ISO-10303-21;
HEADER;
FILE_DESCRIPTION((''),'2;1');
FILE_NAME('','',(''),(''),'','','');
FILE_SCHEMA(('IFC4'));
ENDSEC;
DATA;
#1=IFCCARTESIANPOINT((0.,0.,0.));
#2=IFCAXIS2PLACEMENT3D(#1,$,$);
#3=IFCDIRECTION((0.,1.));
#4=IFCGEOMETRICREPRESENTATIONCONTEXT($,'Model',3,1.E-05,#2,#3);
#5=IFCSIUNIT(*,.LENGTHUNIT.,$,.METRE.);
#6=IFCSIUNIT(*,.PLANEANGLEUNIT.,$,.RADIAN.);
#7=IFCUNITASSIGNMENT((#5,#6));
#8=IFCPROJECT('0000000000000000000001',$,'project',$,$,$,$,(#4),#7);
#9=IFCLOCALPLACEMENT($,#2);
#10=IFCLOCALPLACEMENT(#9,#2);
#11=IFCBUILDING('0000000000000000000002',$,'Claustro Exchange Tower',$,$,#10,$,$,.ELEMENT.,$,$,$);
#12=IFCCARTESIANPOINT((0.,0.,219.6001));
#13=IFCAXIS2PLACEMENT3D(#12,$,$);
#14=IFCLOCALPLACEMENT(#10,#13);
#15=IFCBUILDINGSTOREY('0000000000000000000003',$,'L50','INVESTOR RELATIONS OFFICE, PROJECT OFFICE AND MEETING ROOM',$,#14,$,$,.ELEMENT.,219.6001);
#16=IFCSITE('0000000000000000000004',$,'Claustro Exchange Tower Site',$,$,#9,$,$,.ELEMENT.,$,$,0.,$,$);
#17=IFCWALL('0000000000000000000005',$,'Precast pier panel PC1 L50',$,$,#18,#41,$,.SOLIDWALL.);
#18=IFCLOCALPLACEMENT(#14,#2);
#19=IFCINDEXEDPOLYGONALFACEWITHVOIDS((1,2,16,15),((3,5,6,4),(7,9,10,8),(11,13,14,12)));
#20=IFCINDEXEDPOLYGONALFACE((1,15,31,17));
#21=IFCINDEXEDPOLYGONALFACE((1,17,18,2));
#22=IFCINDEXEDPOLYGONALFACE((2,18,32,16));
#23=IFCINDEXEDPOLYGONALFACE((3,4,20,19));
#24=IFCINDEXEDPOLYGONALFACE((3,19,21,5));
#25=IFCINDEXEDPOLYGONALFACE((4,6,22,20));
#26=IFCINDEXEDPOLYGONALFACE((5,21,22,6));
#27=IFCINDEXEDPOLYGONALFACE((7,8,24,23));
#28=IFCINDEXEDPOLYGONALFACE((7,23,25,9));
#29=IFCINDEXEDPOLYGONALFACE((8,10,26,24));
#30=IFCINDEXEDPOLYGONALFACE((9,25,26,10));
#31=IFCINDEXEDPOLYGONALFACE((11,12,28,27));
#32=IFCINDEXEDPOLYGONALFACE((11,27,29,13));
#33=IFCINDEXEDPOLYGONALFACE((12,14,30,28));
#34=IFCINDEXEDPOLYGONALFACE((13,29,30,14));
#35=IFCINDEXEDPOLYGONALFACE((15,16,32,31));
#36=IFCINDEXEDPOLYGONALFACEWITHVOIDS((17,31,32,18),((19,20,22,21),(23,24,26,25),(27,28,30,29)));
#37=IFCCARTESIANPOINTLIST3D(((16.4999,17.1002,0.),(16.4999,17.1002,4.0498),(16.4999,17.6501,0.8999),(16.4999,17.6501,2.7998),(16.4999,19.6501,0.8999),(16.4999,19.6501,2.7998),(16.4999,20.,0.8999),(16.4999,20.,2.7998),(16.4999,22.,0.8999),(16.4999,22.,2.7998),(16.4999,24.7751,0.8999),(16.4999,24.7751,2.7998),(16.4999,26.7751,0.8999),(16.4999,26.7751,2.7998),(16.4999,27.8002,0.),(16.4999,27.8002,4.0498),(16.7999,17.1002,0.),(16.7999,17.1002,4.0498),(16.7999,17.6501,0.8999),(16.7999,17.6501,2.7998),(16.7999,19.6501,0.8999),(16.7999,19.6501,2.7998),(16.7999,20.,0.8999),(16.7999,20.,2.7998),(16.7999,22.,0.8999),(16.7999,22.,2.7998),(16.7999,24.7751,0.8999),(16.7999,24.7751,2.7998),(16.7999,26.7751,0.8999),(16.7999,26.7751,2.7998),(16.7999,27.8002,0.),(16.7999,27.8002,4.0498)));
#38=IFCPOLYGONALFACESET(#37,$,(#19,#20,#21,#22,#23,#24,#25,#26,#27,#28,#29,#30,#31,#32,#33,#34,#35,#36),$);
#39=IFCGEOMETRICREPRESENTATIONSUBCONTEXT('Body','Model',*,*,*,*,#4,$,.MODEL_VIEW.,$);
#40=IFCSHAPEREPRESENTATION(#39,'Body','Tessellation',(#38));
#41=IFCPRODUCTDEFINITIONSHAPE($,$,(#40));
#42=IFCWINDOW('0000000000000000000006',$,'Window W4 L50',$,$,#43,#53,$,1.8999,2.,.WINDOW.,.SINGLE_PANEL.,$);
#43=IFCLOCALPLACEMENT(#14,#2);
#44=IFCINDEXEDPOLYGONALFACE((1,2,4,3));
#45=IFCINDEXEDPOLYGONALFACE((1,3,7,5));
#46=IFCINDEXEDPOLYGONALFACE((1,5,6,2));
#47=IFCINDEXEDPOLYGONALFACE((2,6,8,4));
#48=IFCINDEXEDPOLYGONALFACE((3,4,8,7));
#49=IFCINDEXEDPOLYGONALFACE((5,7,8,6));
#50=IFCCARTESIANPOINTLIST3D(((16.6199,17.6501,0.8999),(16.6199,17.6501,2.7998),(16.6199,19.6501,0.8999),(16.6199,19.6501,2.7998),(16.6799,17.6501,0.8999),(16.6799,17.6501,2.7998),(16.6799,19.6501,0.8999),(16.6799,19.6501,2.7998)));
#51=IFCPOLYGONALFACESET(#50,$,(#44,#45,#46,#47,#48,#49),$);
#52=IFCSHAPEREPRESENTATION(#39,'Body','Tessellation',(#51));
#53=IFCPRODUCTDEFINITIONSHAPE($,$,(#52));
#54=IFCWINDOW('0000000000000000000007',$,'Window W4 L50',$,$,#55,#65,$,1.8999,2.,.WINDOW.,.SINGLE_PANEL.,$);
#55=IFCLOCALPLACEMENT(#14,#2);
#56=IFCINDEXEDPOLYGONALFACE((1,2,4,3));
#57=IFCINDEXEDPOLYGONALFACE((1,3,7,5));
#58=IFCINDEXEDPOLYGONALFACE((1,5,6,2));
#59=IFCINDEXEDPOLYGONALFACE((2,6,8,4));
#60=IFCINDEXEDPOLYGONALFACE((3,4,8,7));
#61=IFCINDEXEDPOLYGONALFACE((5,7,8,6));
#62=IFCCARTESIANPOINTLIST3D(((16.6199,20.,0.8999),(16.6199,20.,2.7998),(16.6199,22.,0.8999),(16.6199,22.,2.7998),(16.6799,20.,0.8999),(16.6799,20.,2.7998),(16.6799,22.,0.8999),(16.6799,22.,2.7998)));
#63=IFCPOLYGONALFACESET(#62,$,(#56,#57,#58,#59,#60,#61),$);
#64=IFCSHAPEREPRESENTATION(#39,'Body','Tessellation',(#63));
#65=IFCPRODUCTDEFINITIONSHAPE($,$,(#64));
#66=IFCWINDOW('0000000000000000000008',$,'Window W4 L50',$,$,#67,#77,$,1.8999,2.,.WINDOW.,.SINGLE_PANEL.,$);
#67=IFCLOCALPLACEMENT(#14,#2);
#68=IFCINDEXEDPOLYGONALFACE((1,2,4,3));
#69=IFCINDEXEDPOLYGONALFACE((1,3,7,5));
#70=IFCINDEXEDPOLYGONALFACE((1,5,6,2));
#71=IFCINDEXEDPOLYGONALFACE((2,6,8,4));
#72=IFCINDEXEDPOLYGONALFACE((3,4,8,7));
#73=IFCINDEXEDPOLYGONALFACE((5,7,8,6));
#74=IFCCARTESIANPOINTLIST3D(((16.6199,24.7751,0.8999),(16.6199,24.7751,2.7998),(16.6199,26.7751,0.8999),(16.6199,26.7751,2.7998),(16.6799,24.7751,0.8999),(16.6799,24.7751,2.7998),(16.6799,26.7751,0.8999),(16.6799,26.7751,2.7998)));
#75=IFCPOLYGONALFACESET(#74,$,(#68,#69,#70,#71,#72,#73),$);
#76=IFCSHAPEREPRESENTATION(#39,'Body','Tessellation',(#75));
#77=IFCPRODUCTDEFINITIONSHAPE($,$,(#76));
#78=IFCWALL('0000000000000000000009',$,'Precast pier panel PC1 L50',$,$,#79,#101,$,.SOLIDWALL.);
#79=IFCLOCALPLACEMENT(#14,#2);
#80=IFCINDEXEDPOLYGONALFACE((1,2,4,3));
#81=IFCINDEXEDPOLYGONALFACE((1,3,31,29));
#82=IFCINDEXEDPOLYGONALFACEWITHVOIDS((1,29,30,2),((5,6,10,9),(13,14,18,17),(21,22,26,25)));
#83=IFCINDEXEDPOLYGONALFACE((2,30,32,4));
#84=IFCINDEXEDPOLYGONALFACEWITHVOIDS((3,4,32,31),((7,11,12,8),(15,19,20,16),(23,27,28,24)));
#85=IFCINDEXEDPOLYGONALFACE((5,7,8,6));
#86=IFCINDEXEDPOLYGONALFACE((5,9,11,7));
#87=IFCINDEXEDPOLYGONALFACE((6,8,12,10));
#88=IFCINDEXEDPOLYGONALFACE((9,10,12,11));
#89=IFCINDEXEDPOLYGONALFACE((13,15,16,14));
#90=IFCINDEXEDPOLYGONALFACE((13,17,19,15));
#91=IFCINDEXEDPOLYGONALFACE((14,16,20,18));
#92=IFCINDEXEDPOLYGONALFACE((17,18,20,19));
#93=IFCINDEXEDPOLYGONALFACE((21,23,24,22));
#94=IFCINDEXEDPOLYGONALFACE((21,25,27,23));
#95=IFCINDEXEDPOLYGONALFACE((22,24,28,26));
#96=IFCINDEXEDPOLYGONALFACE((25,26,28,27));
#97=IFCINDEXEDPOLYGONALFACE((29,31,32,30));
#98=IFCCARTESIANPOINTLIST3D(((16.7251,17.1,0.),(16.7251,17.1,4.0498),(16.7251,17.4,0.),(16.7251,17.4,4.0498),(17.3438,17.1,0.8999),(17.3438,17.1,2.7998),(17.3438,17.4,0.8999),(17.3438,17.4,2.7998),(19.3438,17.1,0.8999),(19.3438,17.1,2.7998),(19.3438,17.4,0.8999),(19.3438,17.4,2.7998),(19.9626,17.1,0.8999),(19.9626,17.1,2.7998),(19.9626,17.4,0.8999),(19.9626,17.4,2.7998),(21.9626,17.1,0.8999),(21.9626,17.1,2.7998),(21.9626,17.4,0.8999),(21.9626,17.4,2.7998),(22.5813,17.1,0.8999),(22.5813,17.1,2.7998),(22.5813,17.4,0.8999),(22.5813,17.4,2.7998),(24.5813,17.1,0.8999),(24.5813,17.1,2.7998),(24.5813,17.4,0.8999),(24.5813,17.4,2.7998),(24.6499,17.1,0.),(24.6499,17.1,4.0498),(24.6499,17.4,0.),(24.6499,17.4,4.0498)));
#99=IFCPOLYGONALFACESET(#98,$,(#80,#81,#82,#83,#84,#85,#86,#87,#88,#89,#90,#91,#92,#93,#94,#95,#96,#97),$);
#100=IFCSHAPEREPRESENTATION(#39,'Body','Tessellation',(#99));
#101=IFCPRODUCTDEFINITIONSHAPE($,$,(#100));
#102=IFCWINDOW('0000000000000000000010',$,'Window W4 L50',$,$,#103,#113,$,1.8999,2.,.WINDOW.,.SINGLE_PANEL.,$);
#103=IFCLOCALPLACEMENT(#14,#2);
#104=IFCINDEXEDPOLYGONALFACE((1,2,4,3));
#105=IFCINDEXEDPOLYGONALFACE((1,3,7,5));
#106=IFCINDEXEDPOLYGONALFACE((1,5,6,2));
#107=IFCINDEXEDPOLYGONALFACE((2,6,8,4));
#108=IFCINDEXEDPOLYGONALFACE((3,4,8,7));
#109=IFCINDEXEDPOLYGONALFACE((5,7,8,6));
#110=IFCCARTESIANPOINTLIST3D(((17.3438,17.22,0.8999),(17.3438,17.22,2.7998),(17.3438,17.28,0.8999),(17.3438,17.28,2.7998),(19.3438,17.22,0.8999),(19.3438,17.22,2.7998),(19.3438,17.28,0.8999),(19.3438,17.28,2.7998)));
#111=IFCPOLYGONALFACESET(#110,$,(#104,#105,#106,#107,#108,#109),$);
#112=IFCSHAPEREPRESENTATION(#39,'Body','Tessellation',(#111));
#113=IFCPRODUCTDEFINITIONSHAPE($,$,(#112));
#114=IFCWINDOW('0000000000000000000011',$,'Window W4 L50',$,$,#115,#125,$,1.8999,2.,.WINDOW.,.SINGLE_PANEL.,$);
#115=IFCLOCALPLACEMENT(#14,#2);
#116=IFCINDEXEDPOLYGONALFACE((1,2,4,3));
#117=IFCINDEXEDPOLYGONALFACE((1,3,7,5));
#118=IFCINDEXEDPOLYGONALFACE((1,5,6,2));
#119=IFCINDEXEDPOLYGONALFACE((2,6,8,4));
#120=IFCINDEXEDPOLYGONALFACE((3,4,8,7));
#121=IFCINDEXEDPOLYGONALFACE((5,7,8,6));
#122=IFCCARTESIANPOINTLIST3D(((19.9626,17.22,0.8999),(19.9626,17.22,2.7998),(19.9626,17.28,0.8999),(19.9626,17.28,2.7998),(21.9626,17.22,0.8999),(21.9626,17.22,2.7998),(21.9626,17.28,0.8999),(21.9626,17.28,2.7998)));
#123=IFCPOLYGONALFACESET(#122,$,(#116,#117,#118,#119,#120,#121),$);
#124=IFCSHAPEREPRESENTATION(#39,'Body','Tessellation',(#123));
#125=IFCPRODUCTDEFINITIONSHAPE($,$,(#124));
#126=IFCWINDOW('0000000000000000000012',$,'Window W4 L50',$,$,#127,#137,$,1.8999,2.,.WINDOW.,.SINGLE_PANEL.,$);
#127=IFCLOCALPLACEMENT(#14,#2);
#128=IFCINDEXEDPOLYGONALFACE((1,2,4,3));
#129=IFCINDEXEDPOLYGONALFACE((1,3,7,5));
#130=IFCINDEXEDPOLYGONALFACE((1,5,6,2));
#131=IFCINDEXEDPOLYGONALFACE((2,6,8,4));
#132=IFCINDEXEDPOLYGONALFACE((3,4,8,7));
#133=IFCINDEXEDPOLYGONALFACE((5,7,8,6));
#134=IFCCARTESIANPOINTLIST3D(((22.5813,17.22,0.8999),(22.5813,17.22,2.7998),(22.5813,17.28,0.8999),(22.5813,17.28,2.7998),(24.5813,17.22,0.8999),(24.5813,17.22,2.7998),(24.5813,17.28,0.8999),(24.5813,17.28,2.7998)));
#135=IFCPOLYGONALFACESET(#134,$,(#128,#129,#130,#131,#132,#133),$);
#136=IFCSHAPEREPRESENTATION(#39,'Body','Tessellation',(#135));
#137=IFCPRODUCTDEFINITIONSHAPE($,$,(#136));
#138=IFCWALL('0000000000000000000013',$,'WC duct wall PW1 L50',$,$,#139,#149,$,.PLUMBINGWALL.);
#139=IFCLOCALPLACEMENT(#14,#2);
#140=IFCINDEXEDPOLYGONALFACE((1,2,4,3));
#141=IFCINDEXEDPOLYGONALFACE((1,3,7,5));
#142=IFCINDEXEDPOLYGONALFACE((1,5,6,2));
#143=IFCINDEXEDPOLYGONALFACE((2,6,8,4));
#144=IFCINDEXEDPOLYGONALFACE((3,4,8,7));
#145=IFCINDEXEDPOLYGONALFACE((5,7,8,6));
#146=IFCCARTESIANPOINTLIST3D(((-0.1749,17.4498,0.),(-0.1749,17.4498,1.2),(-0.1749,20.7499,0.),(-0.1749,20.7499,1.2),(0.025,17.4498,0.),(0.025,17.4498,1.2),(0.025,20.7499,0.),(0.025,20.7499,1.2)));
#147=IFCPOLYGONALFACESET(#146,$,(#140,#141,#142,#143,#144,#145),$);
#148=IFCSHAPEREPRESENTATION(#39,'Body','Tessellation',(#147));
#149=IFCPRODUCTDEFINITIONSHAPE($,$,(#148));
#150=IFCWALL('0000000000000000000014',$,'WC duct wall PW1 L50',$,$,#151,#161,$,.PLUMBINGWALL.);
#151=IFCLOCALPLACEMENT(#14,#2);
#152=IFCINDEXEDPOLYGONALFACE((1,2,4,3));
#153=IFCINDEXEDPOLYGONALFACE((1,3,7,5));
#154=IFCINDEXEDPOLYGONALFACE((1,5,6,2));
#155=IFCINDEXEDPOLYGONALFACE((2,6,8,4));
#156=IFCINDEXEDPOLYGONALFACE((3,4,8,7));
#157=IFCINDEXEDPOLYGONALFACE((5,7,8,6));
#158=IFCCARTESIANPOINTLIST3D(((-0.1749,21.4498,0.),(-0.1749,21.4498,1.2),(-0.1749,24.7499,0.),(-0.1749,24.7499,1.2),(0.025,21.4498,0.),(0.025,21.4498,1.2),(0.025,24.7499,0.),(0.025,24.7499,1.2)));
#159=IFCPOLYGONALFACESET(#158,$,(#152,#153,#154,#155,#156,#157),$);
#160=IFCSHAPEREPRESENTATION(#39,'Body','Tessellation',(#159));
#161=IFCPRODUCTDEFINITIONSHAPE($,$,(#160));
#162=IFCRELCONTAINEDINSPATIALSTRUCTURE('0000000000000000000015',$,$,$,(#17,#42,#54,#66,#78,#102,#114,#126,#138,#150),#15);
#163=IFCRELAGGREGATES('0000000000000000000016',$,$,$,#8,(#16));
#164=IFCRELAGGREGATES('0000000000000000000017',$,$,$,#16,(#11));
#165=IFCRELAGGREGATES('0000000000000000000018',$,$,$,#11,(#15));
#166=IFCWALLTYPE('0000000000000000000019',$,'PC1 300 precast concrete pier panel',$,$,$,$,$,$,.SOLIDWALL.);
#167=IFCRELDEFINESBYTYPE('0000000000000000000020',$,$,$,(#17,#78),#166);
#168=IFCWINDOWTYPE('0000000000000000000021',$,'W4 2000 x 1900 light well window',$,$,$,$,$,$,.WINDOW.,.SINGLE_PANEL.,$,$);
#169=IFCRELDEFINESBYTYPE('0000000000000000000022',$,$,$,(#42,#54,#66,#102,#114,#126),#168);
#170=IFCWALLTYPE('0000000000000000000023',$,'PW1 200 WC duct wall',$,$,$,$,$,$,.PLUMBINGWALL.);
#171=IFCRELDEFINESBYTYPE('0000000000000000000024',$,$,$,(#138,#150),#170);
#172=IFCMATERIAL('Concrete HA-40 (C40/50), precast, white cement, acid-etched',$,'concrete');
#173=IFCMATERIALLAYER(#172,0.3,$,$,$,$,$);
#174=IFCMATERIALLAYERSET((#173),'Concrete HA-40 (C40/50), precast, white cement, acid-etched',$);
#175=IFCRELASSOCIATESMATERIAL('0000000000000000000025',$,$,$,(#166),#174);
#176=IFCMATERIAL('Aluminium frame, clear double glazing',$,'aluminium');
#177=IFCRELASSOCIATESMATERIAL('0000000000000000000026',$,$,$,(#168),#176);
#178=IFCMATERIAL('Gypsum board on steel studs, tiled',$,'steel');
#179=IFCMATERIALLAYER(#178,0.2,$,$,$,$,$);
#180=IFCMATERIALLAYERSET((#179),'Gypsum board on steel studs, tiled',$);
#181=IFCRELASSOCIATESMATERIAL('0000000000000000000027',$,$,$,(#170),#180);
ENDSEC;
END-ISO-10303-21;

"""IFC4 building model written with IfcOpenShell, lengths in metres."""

from ifc_helpers import new_model, si_unit, direction, frame, frame_2d, origin, place, context, subcontext, project, spatial, rectangle, extrude, material, layer, layer_set, type_object, element, fill, save


model = new_model("IFC4")

# Units and contexts
model_context = context("Model", 3, precision=1e-05, world=origin(), true_north=direction((0.0, 1.0)))
body_context = subcontext(model_context, "Body", "Model", "MODEL_VIEW")
ifc_project = project(units=[si_unit("LENGTHUNIT", "METRE"), si_unit("PLANEANGLEUNIT", "RADIAN")], contexts=[model_context])

# Site, building, storey
site_placement = place(None, origin())
site = spatial("IfcSite", under=ifc_project, at=site_placement, Name="Claustro Exchange Tower Site", CompositionType="ELEMENT", RefElevation=0.0)
building_placement = place(site_placement, origin())
building = spatial("IfcBuilding", under=site, at=building_placement, Name="Claustro Exchange Tower", CompositionType="ELEMENT")
storey_placement = place(building_placement, frame((0.0, 0.0, 219.6001)))
storey = spatial("IfcBuildingStorey", under=building, at=storey_placement, Name="L50", Description="INVESTOR RELATIONS OFFICE, PROJECT OFFICE AND MEETING ROOM", CompositionType="ELEMENT", Elevation=219.6001)

# Walls, openings, windows
ifc_material_1 = material(Name="Concrete HA-40 (C40/50), precast, white cement, acid-etched", Category="concrete")
ifc_layer_1 = layer(ifc_material_1, 0.3)
ifc_layer_set_1 = layer_set([ifc_layer_1], Name="Concrete HA-40 (C40/50), precast, white cement, acid-etched")
wall_type_1 = type_object("IfcWallType", Name="PC1 300 precast concrete pier panel", PredefinedType="SOLIDWALL", material=ifc_layer_set_1)
wall_1_placement = place(storey_placement, frame((16.6499, 17.1001, 0.0), z_axis=(0.0, 0.0, 1.0), x_axis=(0.0, 1.0, 0.0)))
wall_1 = element("IfcWall", 1, at=wall_1_placement, inside=storey, type_object=wall_type_1, Name="Precast pier panel PC1 L50", PredefinedType="SOLIDWALL", context=body_context, shape_type="SweptSolid", body=[
    extrude(rectangle(XDim=10.7, YDim=0.3, at=frame_2d((5.3501, 0.0))), origin(), (0.0, 0.0, 1.0), 4.0498),
])
opening_1_placement = place(wall_1_placement, frame((0.55, 0.0, 0.8999)))
opening_1 = element("IfcOpeningElement", 2, at=opening_1_placement, cuts=wall_1, PredefinedType="OPENING", context=body_context, shape_type="SweptSolid", body=[
    extrude(rectangle(XDim=2.0, YDim=1.8999, at=frame_2d((1.0, 0.95))), frame((0.0, 0.1599, 0.0), z_axis=(0.0, -1.0, 0.0), x_axis=(1.0, 0.0, 0.0)), (0.0, 0.0, 1.0), 0.3201),
])
opening_2_placement = place(wall_1_placement, frame((2.8999, 0.0, 0.8999)))
opening_2 = element("IfcOpeningElement", 3, at=opening_2_placement, cuts=wall_1, PredefinedType="OPENING", context=body_context, shape_type="SweptSolid", body=[
    extrude(rectangle(XDim=2.0, YDim=1.8999, at=frame_2d((1.0, 0.95))), frame((0.0, 0.1599, 0.0), z_axis=(0.0, -1.0, 0.0), x_axis=(1.0, 0.0, 0.0)), (0.0, 0.0, 1.0), 0.3201),
])
opening_3_placement = place(wall_1_placement, frame((7.675, 0.0, 0.8999)))
opening_3 = element("IfcOpeningElement", 4, at=opening_3_placement, cuts=wall_1, PredefinedType="OPENING", context=body_context, shape_type="SweptSolid", body=[
    extrude(rectangle(XDim=2.0, YDim=1.8999, at=frame_2d((1.0, 0.95))), frame((0.0, 0.1599, 0.0), z_axis=(0.0, -1.0, 0.0), x_axis=(1.0, 0.0, 0.0)), (0.0, 0.0, 1.0), 0.3201),
])
ifc_material_2 = material(Name="Aluminium frame, clear double glazing", Category="aluminium")
window_type = type_object("IfcWindowType", Name="W4 2000 x 1900 light well window", PartitioningType="SINGLE_PANEL", PredefinedType="WINDOW", material=ifc_material_2)
window_1_placement = place(opening_1_placement, origin())
window_1 = element("IfcWindow", 5, at=window_1_placement, inside=storey, type_object=window_type, Name="Window W4 L50", OverallHeight=1.8999, OverallWidth=2.0, PartitioningType="SINGLE_PANEL", PredefinedType="WINDOW", context=body_context, shape_type="SweptSolid", body=[
    extrude(rectangle(XDim=2.0, YDim=1.8999, at=frame_2d((1.0, 0.95))), frame((0.0, 0.03, 0.0), z_axis=(0.0, -1.0, 0.0), x_axis=(1.0, 0.0, 0.0)), (0.0, 0.0, 1.0), 0.0601),
])
fill(opening_1, window_1)
window_2_placement = place(opening_2_placement, origin())
window_2 = element("IfcWindow", 6, at=window_2_placement, inside=storey, type_object=window_type, Name="Window W4 L50", OverallHeight=1.8999, OverallWidth=2.0, PartitioningType="SINGLE_PANEL", PredefinedType="WINDOW", context=body_context, shape_type="SweptSolid", body=[
    extrude(rectangle(XDim=2.0, YDim=1.8999, at=frame_2d((1.0, 0.95))), frame((0.0, 0.03, 0.0), z_axis=(0.0, -1.0, 0.0), x_axis=(1.0, 0.0, 0.0)), (0.0, 0.0, 1.0), 0.0601),
])
fill(opening_2, window_2)
window_3_placement = place(opening_3_placement, origin())
window_3 = element("IfcWindow", 7, at=window_3_placement, inside=storey, type_object=window_type, Name="Window W4 L50", OverallHeight=1.8999, OverallWidth=2.0, PartitioningType="SINGLE_PANEL", PredefinedType="WINDOW", context=body_context, shape_type="SweptSolid", body=[
    extrude(rectangle(XDim=2.0, YDim=1.8999, at=frame_2d((1.0, 0.95))), frame((0.0, 0.03, 0.0), z_axis=(0.0, -1.0, 0.0), x_axis=(1.0, 0.0, 0.0)), (0.0, 0.0, 1.0), 0.0601),
])
fill(opening_3, window_3)
wall_2_placement = place(storey_placement, frame((16.7251, 17.25, 0.0), z_axis=(0.0, 0.0, 1.0), x_axis=(1.0, 0.0, 0.0)))
wall_2 = element("IfcWall", 8, at=wall_2_placement, inside=storey, type_object=wall_type_1, Name="Precast pier panel PC1 L50", PredefinedType="SOLIDWALL", context=body_context, shape_type="SweptSolid", body=[
    extrude(rectangle(XDim=7.9248, YDim=0.3, at=frame_2d((3.9624, 0.0))), origin(), (0.0, 0.0, 1.0), 4.0498),
])
opening_4_placement = place(wall_2_placement, frame((0.6187, 0.0, 0.8999)))
opening_4 = element("IfcOpeningElement", 9, at=opening_4_placement, cuts=wall_2, PredefinedType="OPENING", context=body_context, shape_type="SweptSolid", body=[
    extrude(rectangle(XDim=2.0, YDim=1.8999, at=frame_2d((1.0, 0.95))), frame((0.0, 0.1599, 0.0), z_axis=(0.0, -1.0, 0.0), x_axis=(1.0, 0.0, 0.0)), (0.0, 0.0, 1.0), 0.3201),
])
opening_5_placement = place(wall_2_placement, frame((3.2375, 0.0, 0.8999)))
opening_5 = element("IfcOpeningElement", 10, at=opening_5_placement, cuts=wall_2, PredefinedType="OPENING", context=body_context, shape_type="SweptSolid", body=[
    extrude(rectangle(XDim=2.0, YDim=1.8999, at=frame_2d((1.0, 0.95))), frame((0.0, 0.1599, 0.0), z_axis=(0.0, -1.0, 0.0), x_axis=(1.0, 0.0, 0.0)), (0.0, 0.0, 1.0), 0.3201),
])
opening_6_placement = place(wall_2_placement, frame((5.8562, 0.0, 0.8999)))
opening_6 = element("IfcOpeningElement", 11, at=opening_6_placement, cuts=wall_2, PredefinedType="OPENING", context=body_context, shape_type="SweptSolid", body=[
    extrude(rectangle(XDim=2.0, YDim=1.8999, at=frame_2d((1.0, 0.95))), frame((0.0, 0.1599, 0.0), z_axis=(0.0, -1.0, 0.0), x_axis=(1.0, 0.0, 0.0)), (0.0, 0.0, 1.0), 0.3201),
])
window_4_placement = place(opening_4_placement, origin())
window_4 = element("IfcWindow", 12, at=window_4_placement, inside=storey, type_object=window_type, Name="Window W4 L50", OverallHeight=1.8999, OverallWidth=2.0, PartitioningType="SINGLE_PANEL", PredefinedType="WINDOW", context=body_context, shape_type="SweptSolid", body=[
    extrude(rectangle(XDim=2.0, YDim=1.8999, at=frame_2d((1.0, 0.95))), frame((0.0, 0.03, 0.0), z_axis=(0.0, -1.0, 0.0), x_axis=(1.0, 0.0, 0.0)), (0.0, 0.0, 1.0), 0.0601),
])
fill(opening_4, window_4)
window_5_placement = place(opening_5_placement, origin())
window_5 = element("IfcWindow", 13, at=window_5_placement, inside=storey, type_object=window_type, Name="Window W4 L50", OverallHeight=1.8999, OverallWidth=2.0, PartitioningType="SINGLE_PANEL", PredefinedType="WINDOW", context=body_context, shape_type="SweptSolid", body=[
    extrude(rectangle(XDim=2.0, YDim=1.8999, at=frame_2d((1.0, 0.95))), frame((0.0, 0.03, 0.0), z_axis=(0.0, -1.0, 0.0), x_axis=(1.0, 0.0, 0.0)), (0.0, 0.0, 1.0), 0.0601),
])
fill(opening_5, window_5)
window_6_placement = place(opening_6_placement, origin())
window_6 = element("IfcWindow", 14, at=window_6_placement, inside=storey, type_object=window_type, Name="Window W4 L50", OverallHeight=1.8999, OverallWidth=2.0, PartitioningType="SINGLE_PANEL", PredefinedType="WINDOW", context=body_context, shape_type="SweptSolid", body=[
    extrude(rectangle(XDim=2.0, YDim=1.8999, at=frame_2d((1.0, 0.95))), frame((0.0, 0.03, 0.0), z_axis=(0.0, -1.0, 0.0), x_axis=(1.0, 0.0, 0.0)), (0.0, 0.0, 1.0), 0.0601),
])
fill(opening_6, window_6)

# Walls
ifc_material_3 = material(Name="Gypsum board on steel studs, tiled", Category="steel")
ifc_layer_2 = layer(ifc_material_3, 0.2)
ifc_layer_set_2 = layer_set([ifc_layer_2], Name="Gypsum board on steel studs, tiled")
wall_type_2 = type_object("IfcWallType", Name="PW1 200 WC duct wall", PredefinedType="PLUMBINGWALL", material=ifc_layer_set_2)
for number, where, z_axis, x_axis, name in (
    (15, (-0.075, 17.45, 0.0), (0.0, 0.0, 1.0), (0.0, 1.0, 0.0), "WC duct wall PW1 L50"),
    (16, (-0.075, 21.45, 0.0), (0.0, 0.0, 1.0), (0.0, 1.0, 0.0), "WC duct wall PW1 L50"),
):
    element("IfcWall", number, at=place(storey_placement, frame(where, z_axis=z_axis, x_axis=x_axis)), inside=storey, type_object=wall_type_2, Name=name, PredefinedType="PLUMBINGWALL", context=body_context, shape_type="SweptSolid", body=[
        extrude(rectangle(XDim=3.3, YDim=0.2, at=frame_2d((1.6499, 0.0))), origin(), (0.0, 0.0, 1.0), 1.2),
    ])

save(model, "model.ifc")
